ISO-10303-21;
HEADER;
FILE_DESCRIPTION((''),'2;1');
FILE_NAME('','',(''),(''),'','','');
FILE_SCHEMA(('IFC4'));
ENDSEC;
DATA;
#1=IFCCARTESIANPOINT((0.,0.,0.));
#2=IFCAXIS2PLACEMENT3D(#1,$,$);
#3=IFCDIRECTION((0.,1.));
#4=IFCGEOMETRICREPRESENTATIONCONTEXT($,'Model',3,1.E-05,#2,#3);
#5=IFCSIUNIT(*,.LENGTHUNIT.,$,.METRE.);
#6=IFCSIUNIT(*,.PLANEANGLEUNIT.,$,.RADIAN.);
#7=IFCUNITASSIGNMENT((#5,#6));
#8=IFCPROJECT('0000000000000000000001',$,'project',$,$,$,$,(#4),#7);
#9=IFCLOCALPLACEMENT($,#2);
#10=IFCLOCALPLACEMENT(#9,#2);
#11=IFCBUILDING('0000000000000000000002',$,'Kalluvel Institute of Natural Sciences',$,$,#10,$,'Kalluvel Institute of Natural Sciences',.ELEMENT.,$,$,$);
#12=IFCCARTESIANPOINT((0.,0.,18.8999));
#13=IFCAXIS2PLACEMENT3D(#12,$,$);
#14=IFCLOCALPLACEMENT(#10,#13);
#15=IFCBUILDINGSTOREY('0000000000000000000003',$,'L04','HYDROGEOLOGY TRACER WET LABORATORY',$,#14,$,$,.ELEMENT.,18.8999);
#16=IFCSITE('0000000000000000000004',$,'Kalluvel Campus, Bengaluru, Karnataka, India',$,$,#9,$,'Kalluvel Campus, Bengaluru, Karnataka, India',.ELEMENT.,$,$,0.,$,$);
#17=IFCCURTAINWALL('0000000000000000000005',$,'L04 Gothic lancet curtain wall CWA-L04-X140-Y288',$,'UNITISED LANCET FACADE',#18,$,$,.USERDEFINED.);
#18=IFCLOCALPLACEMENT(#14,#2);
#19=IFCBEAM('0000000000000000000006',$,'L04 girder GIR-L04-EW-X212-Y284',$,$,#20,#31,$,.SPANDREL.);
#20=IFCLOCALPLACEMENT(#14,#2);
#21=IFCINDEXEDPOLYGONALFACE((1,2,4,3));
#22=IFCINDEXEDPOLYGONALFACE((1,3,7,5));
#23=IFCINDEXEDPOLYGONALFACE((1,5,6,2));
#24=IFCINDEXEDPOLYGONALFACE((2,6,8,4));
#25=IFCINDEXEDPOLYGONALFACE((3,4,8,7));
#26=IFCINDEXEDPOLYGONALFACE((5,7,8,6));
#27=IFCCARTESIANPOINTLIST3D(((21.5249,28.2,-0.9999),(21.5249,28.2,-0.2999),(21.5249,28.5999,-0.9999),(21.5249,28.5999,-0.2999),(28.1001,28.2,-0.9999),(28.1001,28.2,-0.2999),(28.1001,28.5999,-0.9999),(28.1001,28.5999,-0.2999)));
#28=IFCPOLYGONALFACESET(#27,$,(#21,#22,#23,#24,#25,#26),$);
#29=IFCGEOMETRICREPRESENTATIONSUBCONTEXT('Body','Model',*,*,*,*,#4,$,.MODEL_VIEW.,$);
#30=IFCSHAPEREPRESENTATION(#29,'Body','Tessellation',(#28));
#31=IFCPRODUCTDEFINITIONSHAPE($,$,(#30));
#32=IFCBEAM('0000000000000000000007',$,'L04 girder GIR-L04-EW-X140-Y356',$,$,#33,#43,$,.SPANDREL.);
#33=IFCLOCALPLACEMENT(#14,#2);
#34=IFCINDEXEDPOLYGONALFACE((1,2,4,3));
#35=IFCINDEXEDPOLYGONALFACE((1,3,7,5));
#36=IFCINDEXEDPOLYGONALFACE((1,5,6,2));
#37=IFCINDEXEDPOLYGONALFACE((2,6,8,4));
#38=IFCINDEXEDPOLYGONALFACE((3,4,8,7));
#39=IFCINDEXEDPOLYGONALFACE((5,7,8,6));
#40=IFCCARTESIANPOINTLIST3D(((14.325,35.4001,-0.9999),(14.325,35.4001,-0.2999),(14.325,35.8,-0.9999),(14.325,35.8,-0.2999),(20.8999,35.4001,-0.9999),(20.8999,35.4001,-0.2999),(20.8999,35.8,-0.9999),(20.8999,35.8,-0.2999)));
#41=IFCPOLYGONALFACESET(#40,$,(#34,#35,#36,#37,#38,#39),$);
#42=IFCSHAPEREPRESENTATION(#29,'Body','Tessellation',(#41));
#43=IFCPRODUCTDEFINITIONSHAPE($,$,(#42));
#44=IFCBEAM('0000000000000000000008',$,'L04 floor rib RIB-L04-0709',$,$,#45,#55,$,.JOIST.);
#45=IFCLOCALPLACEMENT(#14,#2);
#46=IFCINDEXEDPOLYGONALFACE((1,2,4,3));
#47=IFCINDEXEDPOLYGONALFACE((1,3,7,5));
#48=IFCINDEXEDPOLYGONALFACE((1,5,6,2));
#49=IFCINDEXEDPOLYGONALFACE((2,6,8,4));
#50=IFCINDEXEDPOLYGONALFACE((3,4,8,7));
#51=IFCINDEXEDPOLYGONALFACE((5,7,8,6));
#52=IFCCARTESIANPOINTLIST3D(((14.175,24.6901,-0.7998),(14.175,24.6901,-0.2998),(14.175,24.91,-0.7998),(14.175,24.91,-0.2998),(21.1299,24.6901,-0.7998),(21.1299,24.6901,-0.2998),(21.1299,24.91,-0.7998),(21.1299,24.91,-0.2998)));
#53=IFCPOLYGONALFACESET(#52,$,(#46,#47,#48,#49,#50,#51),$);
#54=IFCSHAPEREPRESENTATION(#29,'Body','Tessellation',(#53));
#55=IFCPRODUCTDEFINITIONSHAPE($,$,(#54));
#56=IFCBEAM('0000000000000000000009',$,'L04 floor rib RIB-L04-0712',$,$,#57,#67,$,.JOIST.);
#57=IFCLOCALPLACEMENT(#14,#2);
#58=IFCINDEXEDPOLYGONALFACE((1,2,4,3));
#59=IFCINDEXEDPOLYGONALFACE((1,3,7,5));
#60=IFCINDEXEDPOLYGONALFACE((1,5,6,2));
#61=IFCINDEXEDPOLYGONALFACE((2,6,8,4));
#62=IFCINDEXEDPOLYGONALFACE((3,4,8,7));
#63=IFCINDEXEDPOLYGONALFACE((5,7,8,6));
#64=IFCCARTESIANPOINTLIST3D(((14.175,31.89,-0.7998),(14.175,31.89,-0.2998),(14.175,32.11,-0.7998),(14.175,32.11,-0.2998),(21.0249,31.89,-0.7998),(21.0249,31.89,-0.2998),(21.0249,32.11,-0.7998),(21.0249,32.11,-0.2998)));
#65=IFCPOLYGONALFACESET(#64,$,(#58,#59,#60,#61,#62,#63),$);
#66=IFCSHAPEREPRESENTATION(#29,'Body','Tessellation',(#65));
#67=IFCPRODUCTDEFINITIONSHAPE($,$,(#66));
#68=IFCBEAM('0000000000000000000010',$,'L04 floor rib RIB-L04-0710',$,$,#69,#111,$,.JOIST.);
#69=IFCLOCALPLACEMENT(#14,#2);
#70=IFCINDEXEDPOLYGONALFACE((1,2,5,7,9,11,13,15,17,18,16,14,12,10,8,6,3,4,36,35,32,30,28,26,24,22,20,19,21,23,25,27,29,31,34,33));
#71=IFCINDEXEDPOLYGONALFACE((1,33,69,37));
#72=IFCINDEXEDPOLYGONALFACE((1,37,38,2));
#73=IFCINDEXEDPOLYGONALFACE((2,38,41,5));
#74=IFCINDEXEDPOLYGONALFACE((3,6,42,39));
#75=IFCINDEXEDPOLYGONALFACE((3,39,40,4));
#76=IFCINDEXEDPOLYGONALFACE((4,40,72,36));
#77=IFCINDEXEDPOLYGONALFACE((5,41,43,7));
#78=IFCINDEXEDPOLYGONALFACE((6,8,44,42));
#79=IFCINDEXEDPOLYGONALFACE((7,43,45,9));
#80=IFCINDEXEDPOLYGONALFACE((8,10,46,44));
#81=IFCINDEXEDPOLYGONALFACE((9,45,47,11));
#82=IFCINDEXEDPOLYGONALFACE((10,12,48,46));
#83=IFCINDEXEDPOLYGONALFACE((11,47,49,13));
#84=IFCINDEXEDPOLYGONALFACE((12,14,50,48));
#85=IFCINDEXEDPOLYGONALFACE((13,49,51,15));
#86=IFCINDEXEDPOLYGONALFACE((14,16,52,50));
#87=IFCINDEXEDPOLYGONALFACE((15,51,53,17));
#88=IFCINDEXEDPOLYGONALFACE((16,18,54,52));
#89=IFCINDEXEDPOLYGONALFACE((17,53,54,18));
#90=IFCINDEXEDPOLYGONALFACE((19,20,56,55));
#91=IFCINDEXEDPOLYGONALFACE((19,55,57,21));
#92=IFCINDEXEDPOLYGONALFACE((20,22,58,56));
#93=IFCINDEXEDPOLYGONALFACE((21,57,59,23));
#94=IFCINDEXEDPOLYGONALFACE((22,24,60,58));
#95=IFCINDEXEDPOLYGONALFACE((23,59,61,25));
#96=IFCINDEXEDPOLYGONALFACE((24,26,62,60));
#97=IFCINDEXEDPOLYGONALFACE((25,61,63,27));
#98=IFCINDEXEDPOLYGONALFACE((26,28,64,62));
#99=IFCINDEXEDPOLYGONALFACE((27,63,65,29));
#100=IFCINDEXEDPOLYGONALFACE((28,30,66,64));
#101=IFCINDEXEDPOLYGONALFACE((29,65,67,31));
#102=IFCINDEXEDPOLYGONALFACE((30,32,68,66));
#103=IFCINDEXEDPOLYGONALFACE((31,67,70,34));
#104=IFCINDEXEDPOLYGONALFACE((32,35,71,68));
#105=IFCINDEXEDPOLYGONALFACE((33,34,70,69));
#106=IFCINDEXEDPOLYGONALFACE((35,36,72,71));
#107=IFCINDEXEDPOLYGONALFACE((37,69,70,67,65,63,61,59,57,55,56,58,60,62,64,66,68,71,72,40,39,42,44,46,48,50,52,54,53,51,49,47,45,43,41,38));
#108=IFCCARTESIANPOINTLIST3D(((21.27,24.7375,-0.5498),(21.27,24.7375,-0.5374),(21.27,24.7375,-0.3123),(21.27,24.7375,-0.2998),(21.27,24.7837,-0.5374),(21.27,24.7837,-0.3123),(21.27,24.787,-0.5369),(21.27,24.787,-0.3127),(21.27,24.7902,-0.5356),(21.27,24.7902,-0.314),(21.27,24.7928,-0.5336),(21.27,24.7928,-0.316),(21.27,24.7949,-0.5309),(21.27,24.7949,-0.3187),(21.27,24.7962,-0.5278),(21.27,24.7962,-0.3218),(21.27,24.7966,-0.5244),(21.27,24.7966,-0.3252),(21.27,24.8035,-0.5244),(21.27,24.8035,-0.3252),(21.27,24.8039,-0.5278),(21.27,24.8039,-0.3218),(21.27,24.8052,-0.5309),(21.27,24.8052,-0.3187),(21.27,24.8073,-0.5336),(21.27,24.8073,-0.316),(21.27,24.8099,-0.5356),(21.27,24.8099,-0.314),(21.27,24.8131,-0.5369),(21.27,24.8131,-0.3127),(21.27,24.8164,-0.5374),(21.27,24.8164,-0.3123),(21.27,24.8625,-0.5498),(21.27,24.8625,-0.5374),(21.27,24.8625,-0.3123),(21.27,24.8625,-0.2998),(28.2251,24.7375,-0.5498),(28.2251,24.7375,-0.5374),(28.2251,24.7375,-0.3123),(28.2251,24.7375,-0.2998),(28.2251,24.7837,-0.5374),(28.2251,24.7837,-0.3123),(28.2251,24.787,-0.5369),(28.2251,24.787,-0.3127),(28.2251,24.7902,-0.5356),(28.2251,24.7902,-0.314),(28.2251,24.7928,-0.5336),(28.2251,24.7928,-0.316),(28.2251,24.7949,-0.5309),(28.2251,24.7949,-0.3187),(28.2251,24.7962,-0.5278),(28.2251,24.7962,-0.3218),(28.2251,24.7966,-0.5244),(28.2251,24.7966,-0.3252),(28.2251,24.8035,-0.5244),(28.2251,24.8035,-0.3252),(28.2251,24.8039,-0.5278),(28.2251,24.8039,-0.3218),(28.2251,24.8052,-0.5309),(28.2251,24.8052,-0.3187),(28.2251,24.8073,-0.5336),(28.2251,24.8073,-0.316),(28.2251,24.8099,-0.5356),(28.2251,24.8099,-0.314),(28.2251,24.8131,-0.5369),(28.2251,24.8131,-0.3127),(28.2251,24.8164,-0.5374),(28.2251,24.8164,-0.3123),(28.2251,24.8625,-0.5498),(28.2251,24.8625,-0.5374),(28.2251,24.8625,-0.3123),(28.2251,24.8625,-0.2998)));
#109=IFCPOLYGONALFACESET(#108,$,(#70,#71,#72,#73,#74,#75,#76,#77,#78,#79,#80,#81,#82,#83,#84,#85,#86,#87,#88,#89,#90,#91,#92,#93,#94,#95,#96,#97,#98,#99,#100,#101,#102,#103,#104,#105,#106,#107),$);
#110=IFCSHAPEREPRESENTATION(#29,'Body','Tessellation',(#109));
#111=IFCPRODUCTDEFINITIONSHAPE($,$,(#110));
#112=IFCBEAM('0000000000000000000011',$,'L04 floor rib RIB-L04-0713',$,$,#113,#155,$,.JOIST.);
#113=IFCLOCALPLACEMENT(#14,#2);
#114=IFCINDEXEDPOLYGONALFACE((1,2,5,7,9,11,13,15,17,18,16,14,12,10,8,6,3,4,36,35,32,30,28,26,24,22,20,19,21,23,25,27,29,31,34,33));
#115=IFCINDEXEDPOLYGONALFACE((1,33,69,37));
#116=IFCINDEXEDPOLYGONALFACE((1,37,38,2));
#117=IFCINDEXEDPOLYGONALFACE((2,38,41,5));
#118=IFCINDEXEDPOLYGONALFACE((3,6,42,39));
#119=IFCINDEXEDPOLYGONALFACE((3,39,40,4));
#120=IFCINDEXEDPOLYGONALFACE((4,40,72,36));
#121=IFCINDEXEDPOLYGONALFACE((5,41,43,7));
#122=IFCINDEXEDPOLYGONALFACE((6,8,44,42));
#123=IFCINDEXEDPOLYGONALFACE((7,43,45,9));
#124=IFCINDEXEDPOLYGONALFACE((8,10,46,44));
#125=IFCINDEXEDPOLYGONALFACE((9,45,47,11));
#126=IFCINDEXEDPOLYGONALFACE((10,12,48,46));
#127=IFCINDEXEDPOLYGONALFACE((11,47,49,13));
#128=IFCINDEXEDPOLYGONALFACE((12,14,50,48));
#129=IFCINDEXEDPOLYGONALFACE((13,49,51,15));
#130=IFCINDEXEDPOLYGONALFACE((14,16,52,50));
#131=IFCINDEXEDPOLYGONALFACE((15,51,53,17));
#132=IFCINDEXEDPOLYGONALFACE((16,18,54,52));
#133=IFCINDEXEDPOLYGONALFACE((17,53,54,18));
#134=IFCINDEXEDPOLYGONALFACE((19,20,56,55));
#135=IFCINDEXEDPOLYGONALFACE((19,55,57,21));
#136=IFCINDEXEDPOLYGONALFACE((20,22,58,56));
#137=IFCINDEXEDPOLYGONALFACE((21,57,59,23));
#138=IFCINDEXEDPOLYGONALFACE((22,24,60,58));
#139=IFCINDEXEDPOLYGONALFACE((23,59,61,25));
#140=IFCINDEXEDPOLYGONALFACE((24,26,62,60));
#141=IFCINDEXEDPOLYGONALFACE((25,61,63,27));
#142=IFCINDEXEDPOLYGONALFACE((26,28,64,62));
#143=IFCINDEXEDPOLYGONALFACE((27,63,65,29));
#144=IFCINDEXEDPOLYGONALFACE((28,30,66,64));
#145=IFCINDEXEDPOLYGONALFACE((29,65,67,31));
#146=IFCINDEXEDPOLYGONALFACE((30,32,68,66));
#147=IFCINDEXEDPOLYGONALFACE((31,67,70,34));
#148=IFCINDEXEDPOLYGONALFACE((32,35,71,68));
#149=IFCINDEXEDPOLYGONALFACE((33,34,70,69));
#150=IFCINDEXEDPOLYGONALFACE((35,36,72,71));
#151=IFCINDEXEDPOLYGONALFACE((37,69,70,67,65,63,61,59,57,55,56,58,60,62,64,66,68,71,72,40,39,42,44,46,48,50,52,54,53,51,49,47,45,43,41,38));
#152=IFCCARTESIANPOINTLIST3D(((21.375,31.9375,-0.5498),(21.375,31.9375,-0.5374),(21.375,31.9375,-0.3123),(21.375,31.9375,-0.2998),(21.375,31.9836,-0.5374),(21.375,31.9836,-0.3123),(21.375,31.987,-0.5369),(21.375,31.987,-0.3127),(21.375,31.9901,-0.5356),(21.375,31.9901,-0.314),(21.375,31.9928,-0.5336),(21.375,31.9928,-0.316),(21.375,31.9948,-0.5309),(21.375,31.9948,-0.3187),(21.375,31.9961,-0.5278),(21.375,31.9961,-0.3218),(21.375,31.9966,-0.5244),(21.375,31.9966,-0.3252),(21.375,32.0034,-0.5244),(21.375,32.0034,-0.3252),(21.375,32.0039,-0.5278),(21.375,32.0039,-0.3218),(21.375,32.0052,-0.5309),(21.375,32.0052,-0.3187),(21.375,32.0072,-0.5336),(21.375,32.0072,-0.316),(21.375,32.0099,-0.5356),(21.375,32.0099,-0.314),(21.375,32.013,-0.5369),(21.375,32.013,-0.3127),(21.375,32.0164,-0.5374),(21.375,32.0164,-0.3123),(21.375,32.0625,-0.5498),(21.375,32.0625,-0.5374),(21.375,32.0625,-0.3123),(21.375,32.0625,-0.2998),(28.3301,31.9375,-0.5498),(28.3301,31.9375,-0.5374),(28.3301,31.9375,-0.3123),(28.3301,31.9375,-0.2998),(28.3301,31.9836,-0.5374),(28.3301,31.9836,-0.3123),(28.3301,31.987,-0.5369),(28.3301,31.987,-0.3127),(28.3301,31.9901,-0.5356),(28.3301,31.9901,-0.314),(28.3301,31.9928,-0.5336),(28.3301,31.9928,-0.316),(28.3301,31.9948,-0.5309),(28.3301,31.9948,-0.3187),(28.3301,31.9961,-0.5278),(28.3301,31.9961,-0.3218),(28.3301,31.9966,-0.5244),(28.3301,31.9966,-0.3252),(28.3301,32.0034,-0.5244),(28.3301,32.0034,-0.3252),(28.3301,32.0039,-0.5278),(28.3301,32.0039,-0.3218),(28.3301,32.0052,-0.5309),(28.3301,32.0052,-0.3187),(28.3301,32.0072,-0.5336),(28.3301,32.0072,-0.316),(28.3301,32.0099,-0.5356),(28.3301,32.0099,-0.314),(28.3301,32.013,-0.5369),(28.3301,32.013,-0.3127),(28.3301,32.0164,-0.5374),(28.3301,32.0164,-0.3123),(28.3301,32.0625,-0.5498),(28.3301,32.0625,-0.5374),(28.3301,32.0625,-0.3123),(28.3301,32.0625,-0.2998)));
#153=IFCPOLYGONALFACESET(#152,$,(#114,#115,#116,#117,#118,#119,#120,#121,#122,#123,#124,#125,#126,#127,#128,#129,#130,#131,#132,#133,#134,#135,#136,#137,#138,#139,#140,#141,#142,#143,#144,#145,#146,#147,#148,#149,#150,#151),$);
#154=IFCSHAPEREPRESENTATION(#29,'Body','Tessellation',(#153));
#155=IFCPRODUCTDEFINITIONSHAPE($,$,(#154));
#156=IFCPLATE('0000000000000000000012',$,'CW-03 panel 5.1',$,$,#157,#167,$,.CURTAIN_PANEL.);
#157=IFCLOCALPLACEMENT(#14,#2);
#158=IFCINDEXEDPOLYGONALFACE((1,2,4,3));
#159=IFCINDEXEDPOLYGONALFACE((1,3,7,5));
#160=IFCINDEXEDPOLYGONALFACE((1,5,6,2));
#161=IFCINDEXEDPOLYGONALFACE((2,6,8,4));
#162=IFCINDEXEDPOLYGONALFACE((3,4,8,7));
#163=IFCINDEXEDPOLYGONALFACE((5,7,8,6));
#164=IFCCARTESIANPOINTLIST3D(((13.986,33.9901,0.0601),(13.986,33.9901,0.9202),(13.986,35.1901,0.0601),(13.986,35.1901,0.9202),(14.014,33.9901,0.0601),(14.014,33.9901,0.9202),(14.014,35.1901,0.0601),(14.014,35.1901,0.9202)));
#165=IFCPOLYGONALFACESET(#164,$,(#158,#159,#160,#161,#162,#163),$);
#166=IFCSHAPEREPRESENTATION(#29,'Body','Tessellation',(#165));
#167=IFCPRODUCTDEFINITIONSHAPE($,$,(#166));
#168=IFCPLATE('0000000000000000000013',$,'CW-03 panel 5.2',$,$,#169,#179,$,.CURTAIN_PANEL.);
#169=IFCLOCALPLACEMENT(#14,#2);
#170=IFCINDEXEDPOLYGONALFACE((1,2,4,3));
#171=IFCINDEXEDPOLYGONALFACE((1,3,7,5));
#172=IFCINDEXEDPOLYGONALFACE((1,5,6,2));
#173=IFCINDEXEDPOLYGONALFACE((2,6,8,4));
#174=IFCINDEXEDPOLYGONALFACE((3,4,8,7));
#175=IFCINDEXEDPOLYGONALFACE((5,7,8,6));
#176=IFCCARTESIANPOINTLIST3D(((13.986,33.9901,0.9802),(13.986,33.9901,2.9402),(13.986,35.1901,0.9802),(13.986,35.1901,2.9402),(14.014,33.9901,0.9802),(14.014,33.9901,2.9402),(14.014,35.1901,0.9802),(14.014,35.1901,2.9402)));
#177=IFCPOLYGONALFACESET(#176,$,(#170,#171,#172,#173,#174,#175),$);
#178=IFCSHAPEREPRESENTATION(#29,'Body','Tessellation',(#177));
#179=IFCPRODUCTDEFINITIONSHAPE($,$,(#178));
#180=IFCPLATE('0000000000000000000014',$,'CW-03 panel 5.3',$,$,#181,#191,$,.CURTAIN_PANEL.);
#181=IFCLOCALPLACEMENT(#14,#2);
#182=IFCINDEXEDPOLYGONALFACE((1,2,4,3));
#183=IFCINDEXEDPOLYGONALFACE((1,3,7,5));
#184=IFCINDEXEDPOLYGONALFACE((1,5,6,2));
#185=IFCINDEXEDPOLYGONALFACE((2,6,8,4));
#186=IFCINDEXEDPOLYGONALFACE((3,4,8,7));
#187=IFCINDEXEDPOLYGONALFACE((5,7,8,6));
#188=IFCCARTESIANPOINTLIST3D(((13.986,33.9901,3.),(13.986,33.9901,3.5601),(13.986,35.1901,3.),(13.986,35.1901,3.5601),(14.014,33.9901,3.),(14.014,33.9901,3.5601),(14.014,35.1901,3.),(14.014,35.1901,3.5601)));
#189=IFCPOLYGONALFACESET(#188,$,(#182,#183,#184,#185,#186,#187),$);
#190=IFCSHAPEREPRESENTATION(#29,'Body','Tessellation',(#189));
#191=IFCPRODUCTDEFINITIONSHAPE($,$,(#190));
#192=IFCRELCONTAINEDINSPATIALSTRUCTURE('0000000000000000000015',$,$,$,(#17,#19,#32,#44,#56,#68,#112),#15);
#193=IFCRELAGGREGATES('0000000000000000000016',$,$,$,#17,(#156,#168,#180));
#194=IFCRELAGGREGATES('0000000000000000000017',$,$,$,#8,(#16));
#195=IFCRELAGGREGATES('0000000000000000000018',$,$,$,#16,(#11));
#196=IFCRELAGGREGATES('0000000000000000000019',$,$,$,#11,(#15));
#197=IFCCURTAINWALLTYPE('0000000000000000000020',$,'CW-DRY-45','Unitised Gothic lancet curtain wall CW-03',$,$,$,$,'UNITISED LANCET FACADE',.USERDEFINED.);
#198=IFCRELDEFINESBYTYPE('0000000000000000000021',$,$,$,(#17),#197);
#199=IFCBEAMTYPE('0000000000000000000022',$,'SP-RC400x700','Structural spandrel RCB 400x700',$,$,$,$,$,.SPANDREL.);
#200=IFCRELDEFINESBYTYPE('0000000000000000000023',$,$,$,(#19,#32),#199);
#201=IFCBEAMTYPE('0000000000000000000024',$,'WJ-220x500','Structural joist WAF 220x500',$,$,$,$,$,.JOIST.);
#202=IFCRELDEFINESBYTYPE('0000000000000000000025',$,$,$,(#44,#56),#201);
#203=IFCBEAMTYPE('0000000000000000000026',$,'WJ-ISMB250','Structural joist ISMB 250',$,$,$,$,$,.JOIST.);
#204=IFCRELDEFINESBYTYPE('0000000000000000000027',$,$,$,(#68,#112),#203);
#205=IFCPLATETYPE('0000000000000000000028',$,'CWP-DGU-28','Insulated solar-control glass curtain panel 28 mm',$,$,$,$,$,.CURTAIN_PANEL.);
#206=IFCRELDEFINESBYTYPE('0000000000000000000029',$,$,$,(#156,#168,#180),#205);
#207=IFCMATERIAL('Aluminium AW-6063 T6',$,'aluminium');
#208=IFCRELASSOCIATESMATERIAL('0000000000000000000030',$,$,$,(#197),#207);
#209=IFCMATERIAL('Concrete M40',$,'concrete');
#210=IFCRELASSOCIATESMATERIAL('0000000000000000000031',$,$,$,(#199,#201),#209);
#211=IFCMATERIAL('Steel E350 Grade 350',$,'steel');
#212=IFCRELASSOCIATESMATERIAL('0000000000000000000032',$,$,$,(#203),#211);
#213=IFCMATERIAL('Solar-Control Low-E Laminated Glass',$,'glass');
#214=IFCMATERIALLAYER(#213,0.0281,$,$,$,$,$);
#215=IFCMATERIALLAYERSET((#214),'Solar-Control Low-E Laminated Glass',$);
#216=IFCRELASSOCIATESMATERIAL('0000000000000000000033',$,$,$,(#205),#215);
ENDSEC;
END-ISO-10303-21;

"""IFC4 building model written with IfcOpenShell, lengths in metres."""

from ifc_helpers import new_model, si_unit, direction, frame, origin, origin_2d, place, context, subcontext, project, spatial, rectangle, i_section, extrude, material, layer, layer_set, material_profile, profile_set, type_object, element, aggregate, save


model = new_model("IFC4")

# Units and contexts
model_context = context("Model", 3, precision=1e-05, world=origin(), true_north=direction((0.0, 1.0)))
body_context = subcontext(model_context, "Body", "Model", "MODEL_VIEW")
ifc_project = project(units=[si_unit("LENGTHUNIT", "METRE"), si_unit("PLANEANGLEUNIT", "RADIAN")], contexts=[model_context])

# Site, building, storey
site_placement = place(None, origin())
site = spatial("IfcSite", under=ifc_project, at=site_placement, Name="Kalluvel Campus, Bengaluru, Karnataka, India", LongName="Kalluvel Campus, Bengaluru, Karnataka, India", CompositionType="ELEMENT", RefElevation=0.0)
building_placement = place(site_placement, origin())
building = spatial("IfcBuilding", under=site, at=building_placement, Name="Kalluvel Institute of Natural Sciences", LongName="Kalluvel Institute of Natural Sciences", CompositionType="ELEMENT")
storey_placement = place(building_placement, frame((0.0, 0.0, 18.8999)))
storey = spatial("IfcBuildingStorey", under=building, at=storey_placement, Name="L04", Description="HYDROGEOLOGY TRACER WET LABORATORY", CompositionType="ELEMENT", Elevation=18.8999)

# Shared definitions
ifc_material_1 = material(Name="Concrete M40", Category="concrete")

# Shared definitions
ifc_material_2 = material(Name="Steel E350 Grade 350", Category="steel")

# Curtain wall
ifc_material_3 = material(Name="Aluminium AW-6063 T6", Category="aluminium")
curtain_wall_type = type_object("IfcCurtainWallType", Name="CW-DRY-45", Description="Unitised Gothic lancet curtain wall CW-03", ElementType="UNITISED LANCET FACADE", PredefinedType="USERDEFINED", material=ifc_material_3)
curtain_wall_placement = place(storey_placement, origin())
curtain_wall = element("IfcCurtainWall", 1, at=curtain_wall_placement, inside=storey, type_object=curtain_wall_type, Name="L04 Gothic lancet curtain wall CWA-L04-X140-Y288", ObjectType="UNITISED LANCET FACADE", PredefinedType="USERDEFINED")

# Beams
ifc_material_profile_1 = material_profile(ifc_material_1, rectangle(XDim=0.3999, YDim=0.7, at=origin_2d()), Name="RCB 400x700")
ifc_profile_set_1 = profile_set([ifc_material_profile_1], Name="Concrete M40")
beam_type_1 = type_object("IfcBeamType", Name="SP-RC400x700", Description="Structural spandrel RCB 400x700", PredefinedType="SPANDREL", material=ifc_profile_set_1)
beam_1_placement = place(storey_placement, frame((21.5249, 28.3999, -0.6499), z_axis=(1.0, 0.0, 0.0), x_axis=(0.0, 1.0, 0.0)))
element("IfcBeam", 2, at=beam_1_placement, inside=storey, type_object=beam_type_1, Name="L04 girder GIR-L04-EW-X212-Y284", PredefinedType="SPANDREL", context=body_context, shape_type="SweptSolid", body=[
    extrude(rectangle(XDim=0.3999, YDim=0.7, at=origin_2d()), origin(), (0.0, 0.0, 1.0), 6.5752),
])
beam_2_placement = place(storey_placement, frame((14.325, 35.6001, -0.6499), z_axis=(1.0, 0.0, 0.0), x_axis=(0.0, 1.0, 0.0)))
element("IfcBeam", 3, at=beam_2_placement, inside=storey, type_object=beam_type_1, Name="L04 girder GIR-L04-EW-X140-Y356", PredefinedType="SPANDREL", context=body_context, shape_type="SweptSolid", body=[
    extrude(rectangle(XDim=0.3999, YDim=0.7, at=origin_2d()), origin(), (0.0, 0.0, 1.0), 6.575),
])
ifc_material_profile_2 = material_profile(ifc_material_1, rectangle(XDim=0.22, YDim=0.5, at=origin_2d()), Name="WAF 220x500")
ifc_profile_set_2 = profile_set([ifc_material_profile_2], Name="Concrete M40")
beam_type_2 = type_object("IfcBeamType", Name="WJ-220x500", Description="Structural joist WAF 220x500", PredefinedType="JOIST", material=ifc_profile_set_2)
beam_3_placement = place(storey_placement, frame((14.175, 24.8, -0.5498), z_axis=(1.0, 0.0, 0.0), x_axis=(0.0, 1.0, 0.0)))
element("IfcBeam", 4, at=beam_3_placement, inside=storey, type_object=beam_type_2, Name="L04 floor rib RIB-L04-0709", PredefinedType="JOIST", context=body_context, shape_type="SweptSolid", body=[
    extrude(rectangle(XDim=0.22, YDim=0.5, at=origin_2d()), origin(), (0.0, 0.0, 1.0), 6.9548),
])
beam_4_placement = place(storey_placement, frame((14.175, 32.0, -0.5498), z_axis=(1.0, 0.0, 0.0), x_axis=(0.0, 1.0, 0.0)))
element("IfcBeam", 5, at=beam_4_placement, inside=storey, type_object=beam_type_2, Name="L04 floor rib RIB-L04-0712", PredefinedType="JOIST", context=body_context, shape_type="SweptSolid", body=[
    extrude(rectangle(XDim=0.22, YDim=0.5, at=origin_2d()), origin(), (0.0, 0.0, 1.0), 6.8499),
])
ifc_material_profile_3 = material_profile(ifc_material_2, i_section(OverallWidth=0.125, OverallDepth=0.25, WebThickness=0.0068, FlangeThickness=0.0125, FilletRadius=0.0129, at=origin_2d()), Name="ISMB 250")
ifc_profile_set_3 = profile_set([ifc_material_profile_3], Name="Steel E350 Grade 350")
beam_type_3 = type_object("IfcBeamType", Name="WJ-ISMB250", Description="Structural joist ISMB 250", PredefinedType="JOIST", material=ifc_profile_set_3)
for number, where, z_axis, x_axis, name in (
    (6, (21.27, 24.8, -0.4248), (1.0, 0.0, 0.0), (0.0, 1.0, 0.0), "L04 floor rib RIB-L04-0710"),
    (7, (21.375, 32.0, -0.4248), (1.0, 0.0, 0.0), (0.0, 1.0, 0.0), "L04 floor rib RIB-L04-0713"),
):
    element("IfcBeam", number, at=place(storey_placement, frame(where, z_axis=z_axis, x_axis=x_axis)), inside=storey, type_object=beam_type_3, Name=name, PredefinedType="JOIST", context=body_context, shape_type="SweptSolid", body=[
        extrude(i_section(OverallWidth=0.125, OverallDepth=0.25, WebThickness=0.0068, FlangeThickness=0.0125, FilletRadius=0.0129, at=origin_2d()), origin(), (0.0, 0.0, 1.0), 6.9551),
    ])

# Plates
ifc_material_4 = material(Name="Solar-Control Low-E Laminated Glass", Category="glass")
ifc_layer_1 = layer(ifc_material_4, 0.0281)
ifc_layer_set_1 = layer_set([ifc_layer_1], Name="Solar-Control Low-E Laminated Glass")
plate_type = type_object("IfcPlateType", Name="CWP-DGU-28", Description="Insulated solar-control glass curtain panel 28 mm", PredefinedType="CURTAIN_PANEL", material=ifc_layer_set_1)
plate_1_placement = place(storey_placement, frame((14.0, 34.5901, 0.0601), z_axis=(0.0, 0.0, 1.0), x_axis=(0.0, 1.0, 0.0)))
plate_1 = element("IfcPlate", 8, at=plate_1_placement, type_object=plate_type, Name="CW-03 panel 5.1", PredefinedType="CURTAIN_PANEL", context=body_context, shape_type="SweptSolid", body=[
    extrude(rectangle(XDim=1.2, YDim=0.0281, at=origin_2d()), origin(), (0.0, 0.0, 1.0), 0.8601),
])
plate_2_placement = place(storey_placement, frame((14.0, 34.5901, 0.9802), z_axis=(0.0, 0.0, 1.0), x_axis=(0.0, 1.0, 0.0)))
plate_2 = element("IfcPlate", 9, at=plate_2_placement, type_object=plate_type, Name="CW-03 panel 5.2", PredefinedType="CURTAIN_PANEL", context=body_context, shape_type="SweptSolid", body=[
    extrude(rectangle(XDim=1.2, YDim=0.0281, at=origin_2d()), origin(), (0.0, 0.0, 1.0), 1.96),
])
plate_3_placement = place(storey_placement, frame((14.0, 34.5901, 3.0), z_axis=(0.0, 0.0, 1.0), x_axis=(0.0, 1.0, 0.0)))
plate_3 = element("IfcPlate", 10, at=plate_3_placement, type_object=plate_type, Name="CW-03 panel 5.3", PredefinedType="CURTAIN_PANEL", context=body_context, shape_type="SweptSolid", body=[
    extrude(rectangle(XDim=1.2, YDim=0.0281, at=origin_2d()), origin(), (0.0, 0.0, 1.0), 0.5601),
])
aggregate(curtain_wall, [plate_1, plate_2, plate_3])

save(model, "model.ifc")
